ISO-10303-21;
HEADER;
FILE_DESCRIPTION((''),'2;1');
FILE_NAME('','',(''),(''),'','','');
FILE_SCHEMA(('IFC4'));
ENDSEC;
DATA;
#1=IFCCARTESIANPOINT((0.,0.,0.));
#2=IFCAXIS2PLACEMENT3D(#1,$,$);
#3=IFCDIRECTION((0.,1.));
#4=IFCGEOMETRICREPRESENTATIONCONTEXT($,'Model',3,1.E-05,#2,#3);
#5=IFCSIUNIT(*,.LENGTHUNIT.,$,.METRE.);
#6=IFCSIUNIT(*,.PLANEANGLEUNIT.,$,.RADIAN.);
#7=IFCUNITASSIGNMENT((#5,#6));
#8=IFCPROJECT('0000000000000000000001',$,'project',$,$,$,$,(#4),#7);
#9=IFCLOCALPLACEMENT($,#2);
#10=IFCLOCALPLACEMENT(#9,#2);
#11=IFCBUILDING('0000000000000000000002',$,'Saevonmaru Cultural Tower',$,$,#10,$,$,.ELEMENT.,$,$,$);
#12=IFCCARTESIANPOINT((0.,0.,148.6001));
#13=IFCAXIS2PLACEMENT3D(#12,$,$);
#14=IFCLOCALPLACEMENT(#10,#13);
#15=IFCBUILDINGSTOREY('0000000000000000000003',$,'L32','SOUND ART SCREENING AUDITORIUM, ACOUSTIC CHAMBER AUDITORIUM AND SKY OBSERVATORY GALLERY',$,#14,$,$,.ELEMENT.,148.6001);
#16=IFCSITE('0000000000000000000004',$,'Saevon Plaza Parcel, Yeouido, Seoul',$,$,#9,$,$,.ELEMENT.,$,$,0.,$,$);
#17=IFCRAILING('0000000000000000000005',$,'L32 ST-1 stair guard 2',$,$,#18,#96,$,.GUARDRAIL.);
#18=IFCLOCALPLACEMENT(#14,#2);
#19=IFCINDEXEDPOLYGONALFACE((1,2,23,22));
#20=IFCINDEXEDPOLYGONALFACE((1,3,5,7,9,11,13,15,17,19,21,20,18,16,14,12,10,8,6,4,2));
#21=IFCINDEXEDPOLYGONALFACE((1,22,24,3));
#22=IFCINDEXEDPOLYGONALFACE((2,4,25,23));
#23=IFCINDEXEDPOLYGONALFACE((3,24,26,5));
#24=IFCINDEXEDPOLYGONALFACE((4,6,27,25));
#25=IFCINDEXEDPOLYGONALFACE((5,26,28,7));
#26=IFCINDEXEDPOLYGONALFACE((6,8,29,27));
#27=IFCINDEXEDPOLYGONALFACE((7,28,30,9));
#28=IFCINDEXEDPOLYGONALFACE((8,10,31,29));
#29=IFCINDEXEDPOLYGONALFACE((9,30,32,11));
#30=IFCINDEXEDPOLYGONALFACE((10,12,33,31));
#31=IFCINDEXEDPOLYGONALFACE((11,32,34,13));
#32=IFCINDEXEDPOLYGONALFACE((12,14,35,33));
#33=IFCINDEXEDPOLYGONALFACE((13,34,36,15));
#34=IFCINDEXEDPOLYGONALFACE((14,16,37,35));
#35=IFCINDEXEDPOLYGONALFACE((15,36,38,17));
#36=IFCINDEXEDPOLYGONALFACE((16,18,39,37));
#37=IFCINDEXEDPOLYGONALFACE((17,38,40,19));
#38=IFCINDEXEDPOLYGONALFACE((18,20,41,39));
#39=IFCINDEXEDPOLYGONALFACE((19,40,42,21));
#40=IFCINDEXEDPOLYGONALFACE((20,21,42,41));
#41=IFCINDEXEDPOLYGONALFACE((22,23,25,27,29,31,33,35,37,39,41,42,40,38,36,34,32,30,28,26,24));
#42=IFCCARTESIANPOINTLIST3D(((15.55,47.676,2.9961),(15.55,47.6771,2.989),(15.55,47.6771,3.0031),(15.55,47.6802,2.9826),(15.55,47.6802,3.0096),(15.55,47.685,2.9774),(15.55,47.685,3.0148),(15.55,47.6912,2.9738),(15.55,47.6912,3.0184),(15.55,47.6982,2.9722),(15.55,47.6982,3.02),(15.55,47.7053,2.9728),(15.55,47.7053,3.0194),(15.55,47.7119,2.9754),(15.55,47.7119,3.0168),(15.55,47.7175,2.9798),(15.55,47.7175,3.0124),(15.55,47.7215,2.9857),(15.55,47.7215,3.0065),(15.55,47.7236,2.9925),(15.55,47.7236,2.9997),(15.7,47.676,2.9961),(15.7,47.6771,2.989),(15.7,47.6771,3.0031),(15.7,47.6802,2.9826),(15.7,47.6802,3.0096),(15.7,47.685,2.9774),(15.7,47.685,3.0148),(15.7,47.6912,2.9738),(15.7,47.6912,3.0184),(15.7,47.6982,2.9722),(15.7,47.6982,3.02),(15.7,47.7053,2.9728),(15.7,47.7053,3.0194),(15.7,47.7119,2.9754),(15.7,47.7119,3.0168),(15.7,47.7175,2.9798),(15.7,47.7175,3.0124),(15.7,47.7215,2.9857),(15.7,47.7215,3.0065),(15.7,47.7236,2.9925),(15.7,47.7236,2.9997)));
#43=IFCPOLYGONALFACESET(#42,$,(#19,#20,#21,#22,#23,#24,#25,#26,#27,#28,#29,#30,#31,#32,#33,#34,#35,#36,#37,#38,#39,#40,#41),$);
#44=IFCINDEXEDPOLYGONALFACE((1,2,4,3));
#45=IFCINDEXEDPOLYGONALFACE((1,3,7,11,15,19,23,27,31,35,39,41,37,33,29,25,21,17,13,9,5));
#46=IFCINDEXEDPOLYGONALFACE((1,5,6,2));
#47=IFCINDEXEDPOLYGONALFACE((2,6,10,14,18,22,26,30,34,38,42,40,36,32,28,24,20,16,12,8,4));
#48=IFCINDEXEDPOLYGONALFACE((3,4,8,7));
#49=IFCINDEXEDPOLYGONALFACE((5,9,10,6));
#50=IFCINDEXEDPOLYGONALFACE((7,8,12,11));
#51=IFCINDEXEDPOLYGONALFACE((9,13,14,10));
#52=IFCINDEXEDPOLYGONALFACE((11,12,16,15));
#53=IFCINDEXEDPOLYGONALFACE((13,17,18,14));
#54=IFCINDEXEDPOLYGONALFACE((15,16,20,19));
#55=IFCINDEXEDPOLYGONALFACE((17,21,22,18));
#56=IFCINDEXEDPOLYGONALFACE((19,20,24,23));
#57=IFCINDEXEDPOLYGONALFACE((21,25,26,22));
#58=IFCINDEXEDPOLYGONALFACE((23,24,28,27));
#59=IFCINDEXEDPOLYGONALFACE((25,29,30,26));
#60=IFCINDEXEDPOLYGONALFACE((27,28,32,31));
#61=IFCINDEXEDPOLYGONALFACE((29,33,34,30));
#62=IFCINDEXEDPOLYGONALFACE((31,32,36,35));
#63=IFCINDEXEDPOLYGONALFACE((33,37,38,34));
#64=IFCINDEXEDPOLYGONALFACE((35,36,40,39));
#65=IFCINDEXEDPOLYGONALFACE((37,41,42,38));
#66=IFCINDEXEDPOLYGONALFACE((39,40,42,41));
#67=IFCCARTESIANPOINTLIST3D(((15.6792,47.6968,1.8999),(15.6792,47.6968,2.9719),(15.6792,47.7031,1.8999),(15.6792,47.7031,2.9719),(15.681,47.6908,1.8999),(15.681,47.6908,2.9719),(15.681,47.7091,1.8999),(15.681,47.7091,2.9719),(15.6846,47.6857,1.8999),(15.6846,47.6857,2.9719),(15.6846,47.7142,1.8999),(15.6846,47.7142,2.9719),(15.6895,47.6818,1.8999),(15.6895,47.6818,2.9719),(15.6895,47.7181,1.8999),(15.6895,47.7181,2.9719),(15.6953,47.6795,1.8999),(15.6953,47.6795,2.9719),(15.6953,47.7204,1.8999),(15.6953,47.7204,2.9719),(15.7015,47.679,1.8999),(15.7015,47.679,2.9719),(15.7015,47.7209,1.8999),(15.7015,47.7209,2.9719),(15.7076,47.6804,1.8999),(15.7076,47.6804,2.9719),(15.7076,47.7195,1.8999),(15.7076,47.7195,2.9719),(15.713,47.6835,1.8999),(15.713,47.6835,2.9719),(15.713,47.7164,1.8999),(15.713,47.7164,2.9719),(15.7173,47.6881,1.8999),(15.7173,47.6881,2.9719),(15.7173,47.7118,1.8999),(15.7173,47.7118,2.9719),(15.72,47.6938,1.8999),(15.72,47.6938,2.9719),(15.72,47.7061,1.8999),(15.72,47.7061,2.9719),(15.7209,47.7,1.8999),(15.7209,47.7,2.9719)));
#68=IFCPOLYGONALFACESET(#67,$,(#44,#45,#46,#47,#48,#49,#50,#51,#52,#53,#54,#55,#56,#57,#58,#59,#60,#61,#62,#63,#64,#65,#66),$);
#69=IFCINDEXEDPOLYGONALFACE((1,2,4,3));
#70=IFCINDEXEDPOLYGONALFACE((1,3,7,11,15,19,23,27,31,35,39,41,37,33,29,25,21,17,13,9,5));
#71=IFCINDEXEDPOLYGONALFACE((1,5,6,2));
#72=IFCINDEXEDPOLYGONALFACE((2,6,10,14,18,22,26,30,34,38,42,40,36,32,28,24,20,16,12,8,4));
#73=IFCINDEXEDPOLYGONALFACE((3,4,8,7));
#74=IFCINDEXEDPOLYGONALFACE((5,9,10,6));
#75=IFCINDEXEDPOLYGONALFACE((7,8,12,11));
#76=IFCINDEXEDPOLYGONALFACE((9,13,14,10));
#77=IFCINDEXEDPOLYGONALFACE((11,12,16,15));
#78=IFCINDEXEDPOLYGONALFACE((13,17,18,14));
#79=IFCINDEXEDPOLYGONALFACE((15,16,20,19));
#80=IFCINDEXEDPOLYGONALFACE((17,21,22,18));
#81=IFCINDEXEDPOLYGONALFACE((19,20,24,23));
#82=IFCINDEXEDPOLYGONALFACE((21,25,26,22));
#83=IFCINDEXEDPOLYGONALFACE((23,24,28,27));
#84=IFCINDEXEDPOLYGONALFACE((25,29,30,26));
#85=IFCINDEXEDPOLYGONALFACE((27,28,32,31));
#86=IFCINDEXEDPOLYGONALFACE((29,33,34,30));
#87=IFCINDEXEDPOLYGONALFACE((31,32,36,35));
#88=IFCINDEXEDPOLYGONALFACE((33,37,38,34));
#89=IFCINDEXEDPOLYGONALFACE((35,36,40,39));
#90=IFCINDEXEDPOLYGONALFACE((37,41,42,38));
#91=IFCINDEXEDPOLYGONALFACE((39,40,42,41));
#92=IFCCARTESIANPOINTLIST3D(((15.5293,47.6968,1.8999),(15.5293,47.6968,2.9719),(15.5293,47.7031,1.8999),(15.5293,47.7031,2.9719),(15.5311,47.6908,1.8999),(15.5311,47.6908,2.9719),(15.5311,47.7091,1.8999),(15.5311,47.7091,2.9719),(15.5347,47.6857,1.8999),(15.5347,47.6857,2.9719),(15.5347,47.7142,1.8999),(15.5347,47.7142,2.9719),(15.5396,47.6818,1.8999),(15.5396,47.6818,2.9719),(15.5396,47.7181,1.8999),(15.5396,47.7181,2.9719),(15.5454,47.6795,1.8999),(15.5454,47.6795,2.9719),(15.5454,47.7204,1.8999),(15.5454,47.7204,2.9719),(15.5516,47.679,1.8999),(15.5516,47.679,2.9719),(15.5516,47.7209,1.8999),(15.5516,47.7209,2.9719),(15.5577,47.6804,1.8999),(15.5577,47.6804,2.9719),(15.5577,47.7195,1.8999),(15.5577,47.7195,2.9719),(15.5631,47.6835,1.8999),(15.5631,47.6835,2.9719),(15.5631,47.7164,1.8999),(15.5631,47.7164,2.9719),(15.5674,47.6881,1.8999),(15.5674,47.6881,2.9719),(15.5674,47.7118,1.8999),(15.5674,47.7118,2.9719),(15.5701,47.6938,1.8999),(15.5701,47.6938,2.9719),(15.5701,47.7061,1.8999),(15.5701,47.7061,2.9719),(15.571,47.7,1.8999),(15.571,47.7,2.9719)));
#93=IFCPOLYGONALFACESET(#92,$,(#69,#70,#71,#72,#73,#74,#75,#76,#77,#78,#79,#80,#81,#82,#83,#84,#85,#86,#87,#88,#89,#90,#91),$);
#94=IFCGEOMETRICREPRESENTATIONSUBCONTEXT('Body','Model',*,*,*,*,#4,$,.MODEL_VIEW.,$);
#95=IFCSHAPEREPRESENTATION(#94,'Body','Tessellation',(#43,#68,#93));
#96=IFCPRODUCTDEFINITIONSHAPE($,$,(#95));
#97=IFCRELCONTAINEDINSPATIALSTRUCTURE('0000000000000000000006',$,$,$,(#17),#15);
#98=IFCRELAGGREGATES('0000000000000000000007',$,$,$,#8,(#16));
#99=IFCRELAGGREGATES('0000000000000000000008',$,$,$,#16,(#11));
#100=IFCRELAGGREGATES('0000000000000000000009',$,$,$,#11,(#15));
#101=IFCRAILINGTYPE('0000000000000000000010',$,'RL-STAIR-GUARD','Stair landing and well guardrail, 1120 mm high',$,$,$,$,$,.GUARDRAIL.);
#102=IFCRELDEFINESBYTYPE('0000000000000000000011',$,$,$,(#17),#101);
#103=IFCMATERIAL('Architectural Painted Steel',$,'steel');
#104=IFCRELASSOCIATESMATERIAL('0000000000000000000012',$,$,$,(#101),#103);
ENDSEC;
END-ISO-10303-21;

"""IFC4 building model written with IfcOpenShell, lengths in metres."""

from ifc_helpers import new_model, si_unit, direction, frame, origin, origin_2d, place, context, subcontext, project, spatial, circle, extrude, material, type_object, element, save


model = new_model("IFC4")

# Units and contexts
model_context = context("Model", 3, precision=1e-05, world=origin(), true_north=direction((0.0, 1.0)))
body_context = subcontext(model_context, "Body", "Model", "MODEL_VIEW")
ifc_project = project(units=[si_unit("LENGTHUNIT", "METRE"), si_unit("PLANEANGLEUNIT", "RADIAN")], contexts=[model_context])

# Site, building, storey
site_placement = place(None, origin())
site = spatial("IfcSite", under=ifc_project, at=site_placement, Name="Saevon Plaza Parcel, Yeouido, Seoul", CompositionType="ELEMENT", RefElevation=0.0)
building_placement = place(site_placement, origin())
building = spatial("IfcBuilding", under=site, at=building_placement, Name="Saevonmaru Cultural Tower", CompositionType="ELEMENT")
storey_placement = place(building_placement, frame((0.0, 0.0, 148.6001)))
storey = spatial("IfcBuildingStorey", under=building, at=storey_placement, Name="L32", Description="SOUND ART SCREENING AUDITORIUM, ACOUSTIC CHAMBER AUDITORIUM AND SKY OBSERVATORY GALLERY", CompositionType="ELEMENT", Elevation=148.6001)

# Railing
ifc_material_1 = material(Name="Architectural Painted Steel", Category="steel")
railing_type_1 = type_object("IfcRailingType", Name="RL-STAIR-GUARD", Description="Stair landing and well guardrail, 1120 mm high", PredefinedType="GUARDRAIL", material=ifc_material_1)
railing_1_placement = place(storey_placement, frame((15.7, 47.7, 1.8999)))
element("IfcRailing", 1, at=railing_1_placement, inside=storey, type_object=railing_type_1, Name="L32 ST-1 stair guard 2", PredefinedType="GUARDRAIL", context=body_context, shape_type="SweptSolid", body=[
    extrude(circle(Radius=0.0239, at=origin_2d()), frame((0.0, 0.0, 1.0962), z_axis=(-1.0, 0.0, 0.0), x_axis=(0.0, -1.0, 0.0)), (0.0, 0.0, 1.0), 0.1499),
    extrude(circle(Radius=0.021, at=origin_2d()), origin(), (0.0, 0.0, 1.0), 1.072),
    extrude(circle(Radius=0.021, at=origin_2d()), frame((-0.1499, 0.0, 0.0)), (0.0, 0.0, 1.0), 1.072),
])

save(model, "model.ifc")
